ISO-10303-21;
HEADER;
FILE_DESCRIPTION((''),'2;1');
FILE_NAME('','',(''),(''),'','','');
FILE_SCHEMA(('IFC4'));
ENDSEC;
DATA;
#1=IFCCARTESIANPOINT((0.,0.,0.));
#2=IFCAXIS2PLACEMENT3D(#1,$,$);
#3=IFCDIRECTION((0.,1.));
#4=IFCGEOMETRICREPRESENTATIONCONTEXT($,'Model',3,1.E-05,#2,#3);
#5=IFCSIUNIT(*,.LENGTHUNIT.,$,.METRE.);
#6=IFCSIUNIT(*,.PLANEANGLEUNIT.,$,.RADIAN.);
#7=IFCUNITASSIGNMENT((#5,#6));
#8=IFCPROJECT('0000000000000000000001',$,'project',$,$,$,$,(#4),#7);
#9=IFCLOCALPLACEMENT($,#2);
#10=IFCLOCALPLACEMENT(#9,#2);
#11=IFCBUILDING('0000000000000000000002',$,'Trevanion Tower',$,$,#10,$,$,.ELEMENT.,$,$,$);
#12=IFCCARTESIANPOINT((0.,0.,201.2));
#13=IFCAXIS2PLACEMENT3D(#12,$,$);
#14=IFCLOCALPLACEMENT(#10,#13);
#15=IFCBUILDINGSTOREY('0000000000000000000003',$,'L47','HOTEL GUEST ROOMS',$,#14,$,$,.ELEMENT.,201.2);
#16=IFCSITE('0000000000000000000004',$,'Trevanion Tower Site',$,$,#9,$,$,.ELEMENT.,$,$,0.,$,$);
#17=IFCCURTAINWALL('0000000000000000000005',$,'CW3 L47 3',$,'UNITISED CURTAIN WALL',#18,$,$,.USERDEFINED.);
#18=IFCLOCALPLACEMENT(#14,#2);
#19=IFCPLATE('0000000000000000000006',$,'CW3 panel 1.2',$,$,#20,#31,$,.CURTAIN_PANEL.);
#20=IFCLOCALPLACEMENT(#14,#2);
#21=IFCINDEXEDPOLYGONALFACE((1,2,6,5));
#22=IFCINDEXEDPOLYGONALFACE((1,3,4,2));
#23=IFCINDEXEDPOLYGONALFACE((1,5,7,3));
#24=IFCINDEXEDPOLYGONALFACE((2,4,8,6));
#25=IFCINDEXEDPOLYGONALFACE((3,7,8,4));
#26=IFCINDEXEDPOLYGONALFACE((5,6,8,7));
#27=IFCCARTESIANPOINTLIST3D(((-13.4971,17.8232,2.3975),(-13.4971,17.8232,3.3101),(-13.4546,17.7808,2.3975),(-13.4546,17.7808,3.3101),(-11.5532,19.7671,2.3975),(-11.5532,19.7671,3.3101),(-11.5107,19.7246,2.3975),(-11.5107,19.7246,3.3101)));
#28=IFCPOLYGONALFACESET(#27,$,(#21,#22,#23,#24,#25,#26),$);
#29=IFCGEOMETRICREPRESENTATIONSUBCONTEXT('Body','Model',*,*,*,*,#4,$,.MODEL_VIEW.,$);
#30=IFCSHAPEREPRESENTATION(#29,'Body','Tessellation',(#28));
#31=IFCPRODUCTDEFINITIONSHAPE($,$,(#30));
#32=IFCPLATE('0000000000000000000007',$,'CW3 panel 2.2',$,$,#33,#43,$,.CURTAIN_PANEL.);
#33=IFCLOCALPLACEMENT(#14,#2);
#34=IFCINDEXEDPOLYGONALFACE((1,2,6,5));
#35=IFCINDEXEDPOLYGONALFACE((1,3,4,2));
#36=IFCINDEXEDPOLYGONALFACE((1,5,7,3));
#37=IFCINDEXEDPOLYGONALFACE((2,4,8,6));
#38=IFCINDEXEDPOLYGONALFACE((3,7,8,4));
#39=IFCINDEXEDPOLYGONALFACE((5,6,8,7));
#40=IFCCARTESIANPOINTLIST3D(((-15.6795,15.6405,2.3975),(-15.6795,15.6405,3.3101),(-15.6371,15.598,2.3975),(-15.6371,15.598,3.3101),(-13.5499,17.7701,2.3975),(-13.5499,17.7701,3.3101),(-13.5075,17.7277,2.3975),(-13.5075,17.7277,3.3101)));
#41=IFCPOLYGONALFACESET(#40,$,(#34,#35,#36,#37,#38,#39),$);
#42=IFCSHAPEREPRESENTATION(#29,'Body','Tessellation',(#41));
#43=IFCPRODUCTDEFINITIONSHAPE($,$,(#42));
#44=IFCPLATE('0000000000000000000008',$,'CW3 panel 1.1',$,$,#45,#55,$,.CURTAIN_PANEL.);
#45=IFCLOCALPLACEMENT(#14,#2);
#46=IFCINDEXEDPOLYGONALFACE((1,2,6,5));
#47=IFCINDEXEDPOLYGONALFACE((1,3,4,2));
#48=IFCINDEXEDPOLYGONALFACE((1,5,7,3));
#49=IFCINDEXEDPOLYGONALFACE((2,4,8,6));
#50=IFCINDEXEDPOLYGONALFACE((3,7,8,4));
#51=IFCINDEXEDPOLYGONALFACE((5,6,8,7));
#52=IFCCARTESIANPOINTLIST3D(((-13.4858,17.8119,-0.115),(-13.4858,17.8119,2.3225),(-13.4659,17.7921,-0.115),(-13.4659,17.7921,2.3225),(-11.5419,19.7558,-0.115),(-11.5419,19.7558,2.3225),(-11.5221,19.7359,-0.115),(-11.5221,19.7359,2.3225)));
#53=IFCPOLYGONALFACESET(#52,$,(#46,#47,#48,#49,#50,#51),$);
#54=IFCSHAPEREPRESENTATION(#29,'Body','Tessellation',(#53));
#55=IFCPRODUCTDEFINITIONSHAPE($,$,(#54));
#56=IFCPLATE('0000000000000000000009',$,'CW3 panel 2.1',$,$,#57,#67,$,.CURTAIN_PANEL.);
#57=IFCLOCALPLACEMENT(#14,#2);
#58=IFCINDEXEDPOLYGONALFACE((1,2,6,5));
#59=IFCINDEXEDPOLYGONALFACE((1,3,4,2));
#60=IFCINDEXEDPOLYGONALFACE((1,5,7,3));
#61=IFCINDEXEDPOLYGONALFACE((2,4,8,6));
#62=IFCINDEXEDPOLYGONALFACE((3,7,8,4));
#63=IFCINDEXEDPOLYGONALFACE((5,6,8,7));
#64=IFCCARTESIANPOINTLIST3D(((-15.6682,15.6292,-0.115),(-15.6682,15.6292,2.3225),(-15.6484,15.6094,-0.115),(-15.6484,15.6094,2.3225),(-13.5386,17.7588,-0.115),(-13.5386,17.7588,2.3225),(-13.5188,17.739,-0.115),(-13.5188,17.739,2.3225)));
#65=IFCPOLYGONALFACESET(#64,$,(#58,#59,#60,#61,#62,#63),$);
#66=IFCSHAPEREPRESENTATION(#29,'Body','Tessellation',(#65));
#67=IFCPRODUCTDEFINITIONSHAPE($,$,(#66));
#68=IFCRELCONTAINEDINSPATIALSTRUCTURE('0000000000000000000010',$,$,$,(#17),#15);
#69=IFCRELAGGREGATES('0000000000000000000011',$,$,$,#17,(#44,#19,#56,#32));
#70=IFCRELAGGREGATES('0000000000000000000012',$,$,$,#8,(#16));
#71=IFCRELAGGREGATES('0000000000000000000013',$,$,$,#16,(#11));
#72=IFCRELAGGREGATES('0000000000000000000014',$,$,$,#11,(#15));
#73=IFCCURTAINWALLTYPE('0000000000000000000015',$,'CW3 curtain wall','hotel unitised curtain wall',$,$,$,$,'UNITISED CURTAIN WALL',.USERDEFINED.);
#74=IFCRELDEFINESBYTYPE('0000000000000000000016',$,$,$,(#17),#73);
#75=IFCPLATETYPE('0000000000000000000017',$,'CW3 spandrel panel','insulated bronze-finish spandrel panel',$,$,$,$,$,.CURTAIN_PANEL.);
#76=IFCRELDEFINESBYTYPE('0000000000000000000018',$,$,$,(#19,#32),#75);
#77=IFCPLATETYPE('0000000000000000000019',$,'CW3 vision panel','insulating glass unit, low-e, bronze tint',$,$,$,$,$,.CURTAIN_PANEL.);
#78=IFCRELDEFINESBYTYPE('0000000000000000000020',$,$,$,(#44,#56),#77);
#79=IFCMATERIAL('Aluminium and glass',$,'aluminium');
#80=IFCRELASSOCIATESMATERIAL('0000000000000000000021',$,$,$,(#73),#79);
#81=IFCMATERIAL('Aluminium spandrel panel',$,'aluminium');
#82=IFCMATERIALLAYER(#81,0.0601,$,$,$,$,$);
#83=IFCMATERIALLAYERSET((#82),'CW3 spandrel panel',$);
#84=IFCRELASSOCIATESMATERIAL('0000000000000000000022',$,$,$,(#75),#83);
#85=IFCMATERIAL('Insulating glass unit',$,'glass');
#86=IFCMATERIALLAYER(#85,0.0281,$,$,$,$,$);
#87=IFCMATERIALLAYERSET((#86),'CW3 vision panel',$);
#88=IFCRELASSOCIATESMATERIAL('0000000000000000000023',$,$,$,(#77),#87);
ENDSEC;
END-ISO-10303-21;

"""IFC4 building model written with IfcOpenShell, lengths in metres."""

from ifc_helpers import new_model, si_unit, direction, frame, origin, origin_2d, place, context, subcontext, project, spatial, rectangle, extrude, material, layer, layer_set, type_object, element, aggregate, save


model = new_model("IFC4")

# Units and contexts
model_context = context("Model", 3, precision=1e-05, world=origin(), true_north=direction((0.0, 1.0)))
body_context = subcontext(model_context, "Body", "Model", "MODEL_VIEW")
ifc_project = project(units=[si_unit("LENGTHUNIT", "METRE"), si_unit("PLANEANGLEUNIT", "RADIAN")], contexts=[model_context])

# Site, building, storey
site_placement = place(None, origin())
site = spatial("IfcSite", under=ifc_project, at=site_placement, Name="Trevanion Tower Site", CompositionType="ELEMENT", RefElevation=0.0)
building_placement = place(site_placement, origin())
building = spatial("IfcBuilding", under=site, at=building_placement, Name="Trevanion Tower", CompositionType="ELEMENT")
storey_placement = place(building_placement, frame((0.0, 0.0, 201.2)))
storey = spatial("IfcBuildingStorey", under=building, at=storey_placement, Name="L47", Description="HOTEL GUEST ROOMS", CompositionType="ELEMENT", Elevation=201.2)

# Curtain wall
ifc_material_1 = material(Name="Aluminium and glass", Category="aluminium")
curtain_wall_type = type_object("IfcCurtainWallType", Name="CW3 curtain wall", Description="hotel unitised curtain wall", ElementType="UNITISED CURTAIN WALL", PredefinedType="USERDEFINED", material=ifc_material_1)
curtain_wall_1_placement = place(storey_placement, origin())
curtain_wall_1 = element("IfcCurtainWall", 1, at=curtain_wall_1_placement, inside=storey, type_object=curtain_wall_type, Name="CW3 L47 3", ObjectType="UNITISED CURTAIN WALL", PredefinedType="USERDEFINED")

# Plates
ifc_material_2 = material(Name="Aluminium spandrel panel", Category="aluminium")
ifc_layer_1 = layer(ifc_material_2, 0.0601)
ifc_layer_set_1 = layer_set([ifc_layer_1], Name="CW3 spandrel panel")
plate_type_1 = type_object("IfcPlateType", Name="CW3 spandrel panel", Description="insulated bronze-finish spandrel panel", PredefinedType="CURTAIN_PANEL", material=ifc_layer_set_1)
plate_1_placement = place(storey_placement, frame((-12.5039, 18.7739, 2.3975), z_axis=(0.0, 0.0, 1.0), x_axis=(-0.707107, -0.707107, 0.0)))
plate_1 = element("IfcPlate", 2, at=plate_1_placement, type_object=plate_type_1, Name="CW3 panel 1.2", PredefinedType="CURTAIN_PANEL", context=body_context, shape_type="SweptSolid", body=[
    extrude(rectangle(XDim=2.749, YDim=0.0601, at=origin_2d()), origin(), (0.0, 0.0, 1.0), 0.9126),
])
plate_2_placement = place(storey_placement, frame((-14.5935, 16.6841, 2.3975), z_axis=(0.0, 0.0, 1.0), x_axis=(-0.707107, -0.707107, 0.0)))
plate_2 = element("IfcPlate", 3, at=plate_2_placement, type_object=plate_type_1, Name="CW3 panel 2.2", PredefinedType="CURTAIN_PANEL", context=body_context, shape_type="SweptSolid", body=[
    extrude(rectangle(XDim=3.0117, YDim=0.0601, at=origin_2d()), origin(), (0.0, 0.0, 1.0), 0.9126),
])
ifc_material_3 = material(Name="Insulating glass unit", Category="glass")
ifc_layer_2 = layer(ifc_material_3, 0.0281)
ifc_layer_set_2 = layer_set([ifc_layer_2], Name="CW3 vision panel")
plate_type_2 = type_object("IfcPlateType", Name="CW3 vision panel", Description="insulating glass unit, low-e, bronze tint", PredefinedType="CURTAIN_PANEL", material=ifc_layer_set_2)
plate_3_placement = place(storey_placement, frame((-12.5039, 18.7739, -0.115), z_axis=(0.0, 0.0, 1.0), x_axis=(-0.707107, -0.707107, 0.0)))
plate_3 = element("IfcPlate", 4, at=plate_3_placement, type_object=plate_type_2, Name="CW3 panel 1.1", PredefinedType="CURTAIN_PANEL", context=body_context, shape_type="SweptSolid", body=[
    extrude(rectangle(XDim=2.749, YDim=0.0281, at=origin_2d()), origin(), (0.0, 0.0, 1.0), 2.4375),
])
plate_4_placement = place(storey_placement, frame((-14.5935, 16.6841, -0.115), z_axis=(0.0, 0.0, 1.0), x_axis=(-0.707107, -0.707107, 0.0)))
plate_4 = element("IfcPlate", 5, at=plate_4_placement, type_object=plate_type_2, Name="CW3 panel 2.1", PredefinedType="CURTAIN_PANEL", context=body_context, shape_type="SweptSolid", body=[
    extrude(rectangle(XDim=3.0117, YDim=0.0281, at=origin_2d()), origin(), (0.0, 0.0, 1.0), 2.4375),
])
aggregate(curtain_wall_1, [plate_3, plate_1, plate_4, plate_2])

save(model, "model.ifc")
